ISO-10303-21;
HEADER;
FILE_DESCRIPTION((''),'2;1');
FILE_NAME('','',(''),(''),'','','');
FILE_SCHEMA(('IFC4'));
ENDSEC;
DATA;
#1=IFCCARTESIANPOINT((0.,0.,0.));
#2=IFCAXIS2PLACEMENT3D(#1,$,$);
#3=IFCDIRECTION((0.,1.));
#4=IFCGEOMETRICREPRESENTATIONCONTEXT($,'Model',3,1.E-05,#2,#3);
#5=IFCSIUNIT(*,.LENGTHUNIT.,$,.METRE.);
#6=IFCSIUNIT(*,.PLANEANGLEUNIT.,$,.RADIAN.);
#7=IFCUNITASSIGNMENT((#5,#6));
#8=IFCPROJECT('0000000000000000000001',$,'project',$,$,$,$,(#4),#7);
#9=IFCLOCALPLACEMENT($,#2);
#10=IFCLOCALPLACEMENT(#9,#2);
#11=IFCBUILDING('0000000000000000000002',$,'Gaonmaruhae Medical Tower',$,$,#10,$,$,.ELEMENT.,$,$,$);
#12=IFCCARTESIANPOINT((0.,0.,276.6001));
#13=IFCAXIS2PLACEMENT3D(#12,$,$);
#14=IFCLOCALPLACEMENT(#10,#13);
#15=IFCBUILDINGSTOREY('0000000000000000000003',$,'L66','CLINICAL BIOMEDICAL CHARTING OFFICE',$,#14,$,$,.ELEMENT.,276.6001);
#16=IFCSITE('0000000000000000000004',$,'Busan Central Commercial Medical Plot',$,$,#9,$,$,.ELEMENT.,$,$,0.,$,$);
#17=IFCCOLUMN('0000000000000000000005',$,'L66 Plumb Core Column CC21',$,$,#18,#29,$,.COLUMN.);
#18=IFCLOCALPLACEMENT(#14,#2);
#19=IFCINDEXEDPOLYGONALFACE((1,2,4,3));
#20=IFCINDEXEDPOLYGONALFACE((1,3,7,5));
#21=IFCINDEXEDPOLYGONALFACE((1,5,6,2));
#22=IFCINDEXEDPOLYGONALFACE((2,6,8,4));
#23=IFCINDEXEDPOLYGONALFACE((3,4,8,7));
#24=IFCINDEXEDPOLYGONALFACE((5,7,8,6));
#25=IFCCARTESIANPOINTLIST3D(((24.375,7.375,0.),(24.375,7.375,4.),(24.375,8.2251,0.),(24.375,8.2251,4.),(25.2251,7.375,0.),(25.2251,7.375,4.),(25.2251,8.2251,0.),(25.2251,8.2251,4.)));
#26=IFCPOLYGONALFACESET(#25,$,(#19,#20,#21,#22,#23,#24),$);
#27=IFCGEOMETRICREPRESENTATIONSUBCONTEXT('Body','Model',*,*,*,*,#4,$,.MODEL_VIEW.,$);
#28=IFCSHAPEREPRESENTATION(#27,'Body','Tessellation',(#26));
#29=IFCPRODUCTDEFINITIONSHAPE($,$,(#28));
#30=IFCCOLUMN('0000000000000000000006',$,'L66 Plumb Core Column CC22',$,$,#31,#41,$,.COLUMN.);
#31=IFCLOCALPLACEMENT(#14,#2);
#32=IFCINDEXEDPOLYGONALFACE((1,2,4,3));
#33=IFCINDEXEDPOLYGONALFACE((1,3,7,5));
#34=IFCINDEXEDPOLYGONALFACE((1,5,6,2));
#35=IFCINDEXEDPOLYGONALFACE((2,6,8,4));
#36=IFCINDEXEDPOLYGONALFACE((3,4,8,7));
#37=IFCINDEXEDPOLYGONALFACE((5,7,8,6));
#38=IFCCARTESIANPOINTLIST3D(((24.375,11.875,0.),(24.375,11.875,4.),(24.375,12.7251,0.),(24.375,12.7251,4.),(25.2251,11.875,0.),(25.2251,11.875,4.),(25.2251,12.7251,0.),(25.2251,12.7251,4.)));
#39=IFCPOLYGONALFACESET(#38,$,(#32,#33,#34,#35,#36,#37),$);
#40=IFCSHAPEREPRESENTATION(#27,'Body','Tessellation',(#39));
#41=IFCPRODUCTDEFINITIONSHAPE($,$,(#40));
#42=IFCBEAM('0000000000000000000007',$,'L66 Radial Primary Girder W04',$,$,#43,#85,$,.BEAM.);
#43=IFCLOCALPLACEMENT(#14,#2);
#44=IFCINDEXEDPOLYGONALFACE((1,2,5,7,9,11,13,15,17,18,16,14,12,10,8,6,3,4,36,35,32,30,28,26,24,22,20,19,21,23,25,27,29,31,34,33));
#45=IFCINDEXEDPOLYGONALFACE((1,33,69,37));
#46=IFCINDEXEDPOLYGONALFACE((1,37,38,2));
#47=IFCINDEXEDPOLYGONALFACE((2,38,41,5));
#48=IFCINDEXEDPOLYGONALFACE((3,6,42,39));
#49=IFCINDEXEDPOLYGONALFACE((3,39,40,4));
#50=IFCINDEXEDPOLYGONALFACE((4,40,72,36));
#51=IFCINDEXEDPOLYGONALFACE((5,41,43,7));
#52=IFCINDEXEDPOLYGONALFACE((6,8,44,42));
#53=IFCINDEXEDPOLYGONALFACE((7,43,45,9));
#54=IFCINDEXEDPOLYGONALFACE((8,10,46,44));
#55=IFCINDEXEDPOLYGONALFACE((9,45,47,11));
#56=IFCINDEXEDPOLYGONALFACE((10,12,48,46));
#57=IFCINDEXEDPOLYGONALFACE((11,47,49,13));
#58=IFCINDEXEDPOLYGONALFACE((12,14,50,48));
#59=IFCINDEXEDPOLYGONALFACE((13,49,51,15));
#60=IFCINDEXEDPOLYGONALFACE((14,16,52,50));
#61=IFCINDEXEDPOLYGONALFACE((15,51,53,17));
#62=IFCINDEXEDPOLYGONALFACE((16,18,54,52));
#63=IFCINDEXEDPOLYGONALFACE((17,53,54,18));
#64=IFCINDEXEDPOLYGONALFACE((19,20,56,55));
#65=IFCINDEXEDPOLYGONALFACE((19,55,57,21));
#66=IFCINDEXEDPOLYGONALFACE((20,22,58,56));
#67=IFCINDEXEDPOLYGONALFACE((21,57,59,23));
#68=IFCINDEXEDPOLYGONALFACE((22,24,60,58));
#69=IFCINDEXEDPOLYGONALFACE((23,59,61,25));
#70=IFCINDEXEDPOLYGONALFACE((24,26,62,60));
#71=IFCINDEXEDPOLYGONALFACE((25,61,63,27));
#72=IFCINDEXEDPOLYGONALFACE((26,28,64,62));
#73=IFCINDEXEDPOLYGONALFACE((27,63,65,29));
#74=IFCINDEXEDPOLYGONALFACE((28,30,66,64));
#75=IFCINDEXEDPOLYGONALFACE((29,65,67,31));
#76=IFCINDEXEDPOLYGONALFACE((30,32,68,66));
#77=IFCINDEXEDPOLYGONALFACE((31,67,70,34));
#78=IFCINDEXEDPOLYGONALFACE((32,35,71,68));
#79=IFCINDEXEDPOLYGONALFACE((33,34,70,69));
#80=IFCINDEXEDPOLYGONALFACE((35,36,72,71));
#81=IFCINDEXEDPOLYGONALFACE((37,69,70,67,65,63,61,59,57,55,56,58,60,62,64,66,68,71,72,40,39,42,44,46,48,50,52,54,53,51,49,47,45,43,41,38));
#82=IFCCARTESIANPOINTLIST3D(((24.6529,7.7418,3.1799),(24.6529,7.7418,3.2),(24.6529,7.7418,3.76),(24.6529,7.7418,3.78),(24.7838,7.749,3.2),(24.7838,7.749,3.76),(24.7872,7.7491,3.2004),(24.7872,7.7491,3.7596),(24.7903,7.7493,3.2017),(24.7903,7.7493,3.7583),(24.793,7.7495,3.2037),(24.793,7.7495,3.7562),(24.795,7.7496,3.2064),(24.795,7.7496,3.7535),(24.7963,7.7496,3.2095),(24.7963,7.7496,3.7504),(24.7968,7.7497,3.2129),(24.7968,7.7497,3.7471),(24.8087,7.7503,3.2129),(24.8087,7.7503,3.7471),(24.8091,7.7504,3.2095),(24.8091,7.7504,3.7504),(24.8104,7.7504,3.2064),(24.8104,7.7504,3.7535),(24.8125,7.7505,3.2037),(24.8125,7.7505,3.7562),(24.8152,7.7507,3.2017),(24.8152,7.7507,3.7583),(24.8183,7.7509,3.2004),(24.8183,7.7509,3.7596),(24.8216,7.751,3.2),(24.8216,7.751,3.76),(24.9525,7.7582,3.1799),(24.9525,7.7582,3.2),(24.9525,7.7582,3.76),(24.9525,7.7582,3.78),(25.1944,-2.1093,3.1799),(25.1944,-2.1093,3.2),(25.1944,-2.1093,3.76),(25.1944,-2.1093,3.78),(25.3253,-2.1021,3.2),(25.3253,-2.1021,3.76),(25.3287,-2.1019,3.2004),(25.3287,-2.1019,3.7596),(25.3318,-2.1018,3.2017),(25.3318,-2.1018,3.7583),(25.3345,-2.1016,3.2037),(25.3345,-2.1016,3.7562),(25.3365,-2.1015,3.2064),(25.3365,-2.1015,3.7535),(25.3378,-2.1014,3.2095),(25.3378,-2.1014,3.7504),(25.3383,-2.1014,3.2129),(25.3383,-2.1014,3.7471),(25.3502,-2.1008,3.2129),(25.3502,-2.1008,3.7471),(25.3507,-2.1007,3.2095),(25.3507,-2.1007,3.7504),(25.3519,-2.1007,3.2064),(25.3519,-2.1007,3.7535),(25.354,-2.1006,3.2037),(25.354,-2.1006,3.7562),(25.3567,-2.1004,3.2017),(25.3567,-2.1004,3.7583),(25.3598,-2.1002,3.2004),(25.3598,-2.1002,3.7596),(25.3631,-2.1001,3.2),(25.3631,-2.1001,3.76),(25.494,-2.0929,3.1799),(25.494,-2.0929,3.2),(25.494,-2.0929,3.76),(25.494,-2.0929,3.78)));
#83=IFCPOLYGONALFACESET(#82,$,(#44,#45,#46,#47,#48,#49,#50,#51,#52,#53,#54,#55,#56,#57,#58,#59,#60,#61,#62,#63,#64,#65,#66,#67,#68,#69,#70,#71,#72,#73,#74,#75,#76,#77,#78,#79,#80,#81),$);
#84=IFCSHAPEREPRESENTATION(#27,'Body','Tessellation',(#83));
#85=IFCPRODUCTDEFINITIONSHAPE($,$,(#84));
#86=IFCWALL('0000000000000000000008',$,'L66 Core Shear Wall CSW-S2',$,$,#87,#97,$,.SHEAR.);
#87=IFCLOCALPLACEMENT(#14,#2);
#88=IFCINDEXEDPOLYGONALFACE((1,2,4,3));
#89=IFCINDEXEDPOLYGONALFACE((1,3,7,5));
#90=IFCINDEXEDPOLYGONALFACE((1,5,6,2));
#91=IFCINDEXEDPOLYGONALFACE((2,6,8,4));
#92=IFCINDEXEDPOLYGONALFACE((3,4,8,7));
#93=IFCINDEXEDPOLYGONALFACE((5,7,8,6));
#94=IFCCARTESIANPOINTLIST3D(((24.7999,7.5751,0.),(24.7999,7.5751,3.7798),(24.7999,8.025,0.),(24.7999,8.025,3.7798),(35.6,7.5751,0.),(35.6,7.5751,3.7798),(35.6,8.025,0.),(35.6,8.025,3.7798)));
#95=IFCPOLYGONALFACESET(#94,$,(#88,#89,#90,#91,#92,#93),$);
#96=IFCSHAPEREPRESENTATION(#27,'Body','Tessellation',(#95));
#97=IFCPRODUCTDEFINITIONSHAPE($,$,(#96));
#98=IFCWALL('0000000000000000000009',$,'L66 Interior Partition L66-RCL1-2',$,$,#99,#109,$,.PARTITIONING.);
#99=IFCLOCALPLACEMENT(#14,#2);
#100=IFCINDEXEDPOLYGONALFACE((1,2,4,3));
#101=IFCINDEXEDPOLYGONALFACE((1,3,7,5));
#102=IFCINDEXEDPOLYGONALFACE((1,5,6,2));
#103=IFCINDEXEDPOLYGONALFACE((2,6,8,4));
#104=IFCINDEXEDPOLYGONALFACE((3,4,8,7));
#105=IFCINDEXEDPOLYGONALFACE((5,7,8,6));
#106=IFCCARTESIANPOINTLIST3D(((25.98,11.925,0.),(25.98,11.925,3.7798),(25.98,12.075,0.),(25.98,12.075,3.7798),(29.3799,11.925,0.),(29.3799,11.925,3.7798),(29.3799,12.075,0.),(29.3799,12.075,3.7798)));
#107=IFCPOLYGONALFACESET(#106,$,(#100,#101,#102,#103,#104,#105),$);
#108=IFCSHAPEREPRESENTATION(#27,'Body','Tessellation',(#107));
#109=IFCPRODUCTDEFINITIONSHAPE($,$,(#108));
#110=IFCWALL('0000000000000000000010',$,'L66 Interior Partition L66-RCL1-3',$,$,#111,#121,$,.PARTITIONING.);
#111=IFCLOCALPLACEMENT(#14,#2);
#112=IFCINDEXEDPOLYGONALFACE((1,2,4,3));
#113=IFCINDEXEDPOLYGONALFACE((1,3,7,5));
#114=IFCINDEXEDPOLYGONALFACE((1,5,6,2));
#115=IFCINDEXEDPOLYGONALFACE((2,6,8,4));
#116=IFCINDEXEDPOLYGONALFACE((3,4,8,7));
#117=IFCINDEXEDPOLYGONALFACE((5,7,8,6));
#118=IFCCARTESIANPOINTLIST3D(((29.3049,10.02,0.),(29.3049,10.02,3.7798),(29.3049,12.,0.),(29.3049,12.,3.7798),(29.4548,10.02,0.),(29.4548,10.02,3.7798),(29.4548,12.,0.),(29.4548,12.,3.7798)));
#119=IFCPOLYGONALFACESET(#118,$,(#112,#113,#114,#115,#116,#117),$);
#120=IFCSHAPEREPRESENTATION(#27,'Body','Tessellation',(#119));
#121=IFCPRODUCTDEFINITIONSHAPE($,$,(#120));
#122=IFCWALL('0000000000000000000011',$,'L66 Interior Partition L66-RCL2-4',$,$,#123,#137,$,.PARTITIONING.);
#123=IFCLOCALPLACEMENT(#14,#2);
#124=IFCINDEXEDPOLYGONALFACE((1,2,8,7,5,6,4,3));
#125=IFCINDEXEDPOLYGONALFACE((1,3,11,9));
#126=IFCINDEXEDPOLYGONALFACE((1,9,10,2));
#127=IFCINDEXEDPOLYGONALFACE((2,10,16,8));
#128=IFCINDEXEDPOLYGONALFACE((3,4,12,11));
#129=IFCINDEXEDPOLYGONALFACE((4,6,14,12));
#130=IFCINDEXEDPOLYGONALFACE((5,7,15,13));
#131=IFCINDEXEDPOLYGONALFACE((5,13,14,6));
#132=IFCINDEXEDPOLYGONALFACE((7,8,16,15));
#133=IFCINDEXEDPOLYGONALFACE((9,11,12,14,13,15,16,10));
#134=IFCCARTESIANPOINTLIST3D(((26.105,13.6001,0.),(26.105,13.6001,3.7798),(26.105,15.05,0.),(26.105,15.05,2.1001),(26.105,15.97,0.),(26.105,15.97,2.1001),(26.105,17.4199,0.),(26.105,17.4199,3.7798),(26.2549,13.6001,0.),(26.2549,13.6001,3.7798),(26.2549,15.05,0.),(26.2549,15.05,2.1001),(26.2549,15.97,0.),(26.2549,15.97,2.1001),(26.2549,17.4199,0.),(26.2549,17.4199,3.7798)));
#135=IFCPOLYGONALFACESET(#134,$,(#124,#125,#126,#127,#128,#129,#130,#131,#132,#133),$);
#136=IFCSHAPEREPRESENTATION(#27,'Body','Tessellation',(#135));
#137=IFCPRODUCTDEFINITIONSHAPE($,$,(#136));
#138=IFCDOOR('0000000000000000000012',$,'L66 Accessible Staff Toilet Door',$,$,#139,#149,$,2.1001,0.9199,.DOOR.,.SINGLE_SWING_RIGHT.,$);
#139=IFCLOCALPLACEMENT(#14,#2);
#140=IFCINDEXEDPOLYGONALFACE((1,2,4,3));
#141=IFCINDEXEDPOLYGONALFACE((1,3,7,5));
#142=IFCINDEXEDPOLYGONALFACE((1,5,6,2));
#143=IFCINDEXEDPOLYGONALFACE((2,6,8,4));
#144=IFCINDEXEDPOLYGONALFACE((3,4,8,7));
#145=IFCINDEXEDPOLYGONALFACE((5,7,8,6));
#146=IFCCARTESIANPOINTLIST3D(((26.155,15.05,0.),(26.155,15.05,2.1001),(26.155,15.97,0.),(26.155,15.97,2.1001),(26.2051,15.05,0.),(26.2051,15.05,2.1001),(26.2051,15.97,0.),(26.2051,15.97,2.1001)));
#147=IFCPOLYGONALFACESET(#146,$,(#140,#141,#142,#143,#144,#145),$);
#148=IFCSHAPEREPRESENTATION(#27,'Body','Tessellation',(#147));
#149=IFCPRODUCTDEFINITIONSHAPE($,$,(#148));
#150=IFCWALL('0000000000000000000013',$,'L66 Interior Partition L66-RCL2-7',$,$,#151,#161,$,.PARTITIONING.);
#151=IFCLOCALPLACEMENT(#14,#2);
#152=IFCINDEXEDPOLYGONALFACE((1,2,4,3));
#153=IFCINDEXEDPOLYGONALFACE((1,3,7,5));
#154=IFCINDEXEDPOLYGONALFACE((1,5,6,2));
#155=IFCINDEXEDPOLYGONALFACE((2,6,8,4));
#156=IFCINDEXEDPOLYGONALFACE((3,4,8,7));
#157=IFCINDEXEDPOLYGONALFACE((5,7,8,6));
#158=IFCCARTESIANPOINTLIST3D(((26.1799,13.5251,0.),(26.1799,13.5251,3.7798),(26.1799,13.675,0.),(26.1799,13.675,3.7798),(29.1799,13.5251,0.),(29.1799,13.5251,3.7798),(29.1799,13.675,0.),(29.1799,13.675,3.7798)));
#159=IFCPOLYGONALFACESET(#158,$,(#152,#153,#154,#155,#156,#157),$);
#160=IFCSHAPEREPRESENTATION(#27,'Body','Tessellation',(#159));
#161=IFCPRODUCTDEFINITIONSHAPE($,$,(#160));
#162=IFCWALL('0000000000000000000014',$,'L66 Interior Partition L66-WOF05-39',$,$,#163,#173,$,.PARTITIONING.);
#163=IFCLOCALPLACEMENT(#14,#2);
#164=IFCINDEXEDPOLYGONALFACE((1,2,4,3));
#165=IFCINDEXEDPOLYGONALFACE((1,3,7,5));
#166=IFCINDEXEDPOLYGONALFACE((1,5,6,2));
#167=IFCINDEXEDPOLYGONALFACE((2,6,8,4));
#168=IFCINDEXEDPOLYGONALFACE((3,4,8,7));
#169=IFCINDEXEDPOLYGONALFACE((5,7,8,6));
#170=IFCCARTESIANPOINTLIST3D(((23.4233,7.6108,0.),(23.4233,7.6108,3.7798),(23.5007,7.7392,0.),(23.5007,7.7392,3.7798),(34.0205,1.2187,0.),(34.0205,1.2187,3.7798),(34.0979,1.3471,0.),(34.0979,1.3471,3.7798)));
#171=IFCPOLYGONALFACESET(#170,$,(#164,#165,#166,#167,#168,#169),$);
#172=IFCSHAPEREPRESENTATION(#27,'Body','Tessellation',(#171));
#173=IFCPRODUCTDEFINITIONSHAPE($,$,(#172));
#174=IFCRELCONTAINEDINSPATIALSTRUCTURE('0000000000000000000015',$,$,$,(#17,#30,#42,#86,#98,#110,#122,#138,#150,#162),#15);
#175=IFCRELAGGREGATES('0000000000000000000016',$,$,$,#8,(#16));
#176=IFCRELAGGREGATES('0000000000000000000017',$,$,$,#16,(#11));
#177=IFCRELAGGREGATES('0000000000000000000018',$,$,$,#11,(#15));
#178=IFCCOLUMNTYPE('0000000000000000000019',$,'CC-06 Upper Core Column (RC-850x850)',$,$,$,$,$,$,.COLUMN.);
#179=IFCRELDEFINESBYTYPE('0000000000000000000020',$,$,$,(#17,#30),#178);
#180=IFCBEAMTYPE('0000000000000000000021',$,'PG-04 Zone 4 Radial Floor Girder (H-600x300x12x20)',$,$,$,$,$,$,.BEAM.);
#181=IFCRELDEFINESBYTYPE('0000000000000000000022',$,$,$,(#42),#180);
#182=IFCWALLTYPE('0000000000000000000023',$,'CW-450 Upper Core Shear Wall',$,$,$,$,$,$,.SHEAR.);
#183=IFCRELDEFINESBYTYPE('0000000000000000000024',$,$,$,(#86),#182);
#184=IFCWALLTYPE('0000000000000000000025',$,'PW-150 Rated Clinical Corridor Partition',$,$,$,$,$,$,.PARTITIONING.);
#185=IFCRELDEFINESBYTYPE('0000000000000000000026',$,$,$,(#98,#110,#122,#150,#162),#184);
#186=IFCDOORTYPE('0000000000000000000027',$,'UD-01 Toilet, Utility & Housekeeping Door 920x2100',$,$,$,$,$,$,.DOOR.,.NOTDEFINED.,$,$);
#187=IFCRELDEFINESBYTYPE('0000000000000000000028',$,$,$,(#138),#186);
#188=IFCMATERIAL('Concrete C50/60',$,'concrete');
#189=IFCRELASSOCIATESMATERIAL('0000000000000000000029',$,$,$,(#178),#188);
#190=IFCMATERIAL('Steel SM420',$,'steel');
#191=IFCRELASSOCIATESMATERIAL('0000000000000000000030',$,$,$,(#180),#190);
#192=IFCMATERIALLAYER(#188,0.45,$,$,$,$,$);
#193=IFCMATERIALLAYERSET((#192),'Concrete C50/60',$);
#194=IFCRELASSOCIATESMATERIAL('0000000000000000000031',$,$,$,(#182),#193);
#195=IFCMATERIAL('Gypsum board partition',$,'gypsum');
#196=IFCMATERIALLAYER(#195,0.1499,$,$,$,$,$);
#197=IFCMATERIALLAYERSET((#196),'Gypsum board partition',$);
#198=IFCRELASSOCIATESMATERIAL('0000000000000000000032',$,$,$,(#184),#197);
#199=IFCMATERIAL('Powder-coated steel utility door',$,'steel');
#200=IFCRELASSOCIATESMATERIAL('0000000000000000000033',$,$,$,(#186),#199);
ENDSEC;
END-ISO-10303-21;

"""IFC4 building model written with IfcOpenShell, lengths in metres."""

from ifc_helpers import new_model, si_unit, direction, frame, frame_2d, origin, origin_2d, place, context, subcontext, project, spatial, rectangle, i_section, extrude, material, layer, layer_set, material_profile, profile_set, type_object, element, fill, save


model = new_model("IFC4")

# Units and contexts
model_context = context("Model", 3, precision=1e-05, world=origin(), true_north=direction((0.0, 1.0)))
body_context = subcontext(model_context, "Body", "Model", "MODEL_VIEW")
ifc_project = project(units=[si_unit("LENGTHUNIT", "METRE"), si_unit("PLANEANGLEUNIT", "RADIAN")], contexts=[model_context])

# Site, building, storey
site_placement = place(None, origin())
site = spatial("IfcSite", under=ifc_project, at=site_placement, Name="Busan Central Commercial Medical Plot", CompositionType="ELEMENT", RefElevation=0.0)
building_placement = place(site_placement, origin())
building = spatial("IfcBuilding", under=site, at=building_placement, Name="Gaonmaruhae Medical Tower", CompositionType="ELEMENT")
storey_placement = place(building_placement, frame((0.0, 0.0, 276.6001)))
storey = spatial("IfcBuildingStorey", under=building, at=storey_placement, Name="L66", Description="CLINICAL BIOMEDICAL CHARTING OFFICE", CompositionType="ELEMENT", Elevation=276.6001)

# Columns
ifc_material_1 = material(Name="Concrete C50/60", Category="concrete")
ifc_material_profile_1 = material_profile(ifc_material_1, rectangle(XDim=0.8501, YDim=0.8501, at=origin_2d()), Name="RC-850x850")
ifc_profile_set_1 = profile_set([ifc_material_profile_1], Name="Concrete C50/60")
column_type = type_object("IfcColumnType", Name="CC-06 Upper Core Column (RC-850x850)", PredefinedType="COLUMN", material=ifc_profile_set_1)
for number, where, z_axis, x_axis, name in (
    (1, (24.8, 7.8, 0.0), (0.0, 0.0, 1.0), (1.0, 0.0, 0.0), "L66 Plumb Core Column CC21"),
    (2, (24.8, 12.3, 0.0), (0.0, 0.0, 1.0), (1.0, 0.0, 0.0), "L66 Plumb Core Column CC22"),
):
    element("IfcColumn", number, at=place(storey_placement, frame(where, z_axis=z_axis, x_axis=x_axis)), inside=storey, type_object=column_type, Name=name, PredefinedType="COLUMN", context=body_context, shape_type="SweptSolid", body=[
        extrude(rectangle(XDim=0.8501, YDim=0.8501, at=origin_2d()), origin(), (0.0, 0.0, 1.0), 4.0),
    ])

# Beam
ifc_material_2 = material(Name="Steel SM420", Category="steel")
ifc_material_profile_2 = material_profile(ifc_material_2, i_section(OverallWidth=0.3, OverallDepth=0.6001, WebThickness=0.012, FlangeThickness=0.02, FilletRadius=0.0129, at=origin_2d()), Name="H-600x300x12x20")
ifc_profile_set_2 = profile_set([ifc_material_profile_2], Name="Steel SM420")
beam_type = type_object("IfcBeamType", Name="PG-04 Zone 4 Radial Floor Girder (H-600x300x12x20)", PredefinedType="BEAM", material=ifc_profile_set_2)
beam_placement = place(storey_placement, frame((24.8027, 7.75, 3.48), z_axis=(0.054886, -0.998493, 0.0), x_axis=(0.998493, 0.054886, 0.0)))
element("IfcBeam", 3, at=beam_placement, inside=storey, type_object=beam_type, Name="L66 Radial Primary Girder W04", PredefinedType="BEAM", context=body_context, shape_type="SweptSolid", body=[
    extrude(i_section(OverallWidth=0.3, OverallDepth=0.6001, WebThickness=0.012, FlangeThickness=0.02, FilletRadius=0.0129, at=origin_2d()), origin(), (0.0, 0.0, 1.0), 9.866),
])

# Wall
ifc_layer_1 = layer(ifc_material_1, 0.45)
ifc_layer_set_1 = layer_set([ifc_layer_1], Name="Concrete C50/60")
wall_type_1 = type_object("IfcWallType", Name="CW-450 Upper Core Shear Wall", PredefinedType="SHEAR", material=ifc_layer_set_1)
wall_1_placement = place(storey_placement, frame((24.8, 7.8, 0.0), z_axis=(0.0, 0.0, 1.0), x_axis=(1.0, 0.0, 0.0)))
element("IfcWall", 4, at=wall_1_placement, inside=storey, type_object=wall_type_1, Name="L66 Core Shear Wall CSW-S2", PredefinedType="SHEAR", context=body_context, shape_type="SweptSolid", body=[
    extrude(rectangle(XDim=10.8, YDim=0.45, at=frame_2d((5.3999, 0.0))), origin(), (0.0, 0.0, 1.0), 3.7798),
])

# Shared definitions
ifc_material_3 = material(Name="Gypsum board partition", Category="gypsum")
ifc_layer_2 = layer(ifc_material_3, 0.1499)
ifc_layer_set_2 = layer_set([ifc_layer_2], Name="Gypsum board partition")
wall_type_2 = type_object("IfcWallType", Name="PW-150 Rated Clinical Corridor Partition", PredefinedType="PARTITIONING", material=ifc_layer_set_2)

# Walls
wall_2_placement = place(storey_placement, frame((25.98, 12.0, 0.0), z_axis=(0.0, 0.0, 1.0), x_axis=(1.0, 0.0, 0.0)))
element("IfcWall", 5, at=wall_2_placement, inside=storey, type_object=wall_type_2, Name="L66 Interior Partition L66-RCL1-2", PredefinedType="PARTITIONING", context=body_context, shape_type="SweptSolid", body=[
    extrude(rectangle(XDim=3.3999, YDim=0.1499, at=frame_2d((1.7, 0.0))), origin(), (0.0, 0.0, 1.0), 3.7798),
])
wall_3_placement = place(storey_placement, frame((29.3799, 12.0, 0.0), z_axis=(0.0, 0.0, 1.0), x_axis=(0.0, -1.0, 0.0)))
element("IfcWall", 6, at=wall_3_placement, inside=storey, type_object=wall_type_2, Name="L66 Interior Partition L66-RCL1-3", PredefinedType="PARTITIONING", context=body_context, shape_type="SweptSolid", body=[
    extrude(rectangle(XDim=1.98, YDim=0.1499, at=frame_2d((0.99, 0.0))), origin(), (0.0, 0.0, 1.0), 3.7798),
])

# Wall, opening, door
wall_4_placement = place(storey_placement, frame((26.1799, 13.6001, 0.0), z_axis=(0.0, 0.0, 1.0), x_axis=(0.0, 1.0, 0.0)))
wall_4 = element("IfcWall", 7, at=wall_4_placement, inside=storey, type_object=wall_type_2, Name="L66 Interior Partition L66-RCL2-4", PredefinedType="PARTITIONING", context=body_context, shape_type="SweptSolid", body=[
    extrude(rectangle(XDim=3.8198, YDim=0.1499, at=frame_2d((1.9099, 0.0))), origin(), (0.0, 0.0, 1.0), 3.7798),
])
opening_1_placement = place(wall_4_placement, frame((1.45, 0.0, 0.0)))
opening_1 = element("IfcOpeningElement", 8, at=opening_1_placement, cuts=wall_4, PredefinedType="OPENING", context=body_context, shape_type="SweptSolid", body=[
    extrude(rectangle(XDim=0.9199, YDim=2.1001, at=frame_2d((0.46, 1.05))), frame((0.0, 0.085, 0.0), z_axis=(0.0, -1.0, 0.0), x_axis=(1.0, 0.0, 0.0)), (0.0, 0.0, 1.0), 0.1699),
])
ifc_material_4 = material(Name="Powder-coated steel utility door", Category="steel")
door_type_1 = type_object("IfcDoorType", Name="UD-01 Toilet, Utility & Housekeeping Door 920x2100", OperationType="NOTDEFINED", PredefinedType="DOOR", material=ifc_material_4)
door_1_placement = place(opening_1_placement, origin())
door_1 = element("IfcDoor", 9, at=door_1_placement, inside=storey, type_object=door_type_1, Name="L66 Accessible Staff Toilet Door", OperationType="SINGLE_SWING_RIGHT", OverallHeight=2.1001, OverallWidth=0.9199, PredefinedType="DOOR", context=body_context, shape_type="SweptSolid", body=[
    extrude(rectangle(XDim=0.9199, YDim=2.1001, at=frame_2d((0.46, 1.05))), frame((0.0, 0.0249, 0.0), z_axis=(0.0, -1.0, 0.0), x_axis=(1.0, 0.0, 0.0)), (0.0, 0.0, 1.0), 0.05),
])
fill(opening_1, door_1)

# Walls
wall_5_placement = place(storey_placement, frame((29.1799, 13.6001, 0.0), z_axis=(0.0, 0.0, 1.0), x_axis=(-1.0, 0.0, 0.0)))
element("IfcWall", 10, at=wall_5_placement, inside=storey, type_object=wall_type_2, Name="L66 Interior Partition L66-RCL2-7", PredefinedType="PARTITIONING", context=body_context, shape_type="SweptSolid", body=[
    extrude(rectangle(XDim=3.0, YDim=0.1499, at=frame_2d((1.5, 0.0))), origin(), (0.0, 0.0, 1.0), 3.7798),
])
wall_6_placement = place(storey_placement, frame((23.4619, 7.675, 0.0), z_axis=(0.0, 0.0, 1.0), x_axis=(0.856286, -0.516502, 0.0)))
element("IfcWall", 11, at=wall_6_placement, inside=storey, type_object=wall_type_2, Name="L66 Interior Partition L66-WOF05-39", PredefinedType="PARTITIONING", context=body_context, shape_type="SweptSolid", body=[
    extrude(rectangle(XDim=12.3757, YDim=0.1499, at=frame_2d((6.188, 0.0))), origin(), (0.0, 0.0, 1.0), 3.7798),
])

save(model, "model.ifc")
